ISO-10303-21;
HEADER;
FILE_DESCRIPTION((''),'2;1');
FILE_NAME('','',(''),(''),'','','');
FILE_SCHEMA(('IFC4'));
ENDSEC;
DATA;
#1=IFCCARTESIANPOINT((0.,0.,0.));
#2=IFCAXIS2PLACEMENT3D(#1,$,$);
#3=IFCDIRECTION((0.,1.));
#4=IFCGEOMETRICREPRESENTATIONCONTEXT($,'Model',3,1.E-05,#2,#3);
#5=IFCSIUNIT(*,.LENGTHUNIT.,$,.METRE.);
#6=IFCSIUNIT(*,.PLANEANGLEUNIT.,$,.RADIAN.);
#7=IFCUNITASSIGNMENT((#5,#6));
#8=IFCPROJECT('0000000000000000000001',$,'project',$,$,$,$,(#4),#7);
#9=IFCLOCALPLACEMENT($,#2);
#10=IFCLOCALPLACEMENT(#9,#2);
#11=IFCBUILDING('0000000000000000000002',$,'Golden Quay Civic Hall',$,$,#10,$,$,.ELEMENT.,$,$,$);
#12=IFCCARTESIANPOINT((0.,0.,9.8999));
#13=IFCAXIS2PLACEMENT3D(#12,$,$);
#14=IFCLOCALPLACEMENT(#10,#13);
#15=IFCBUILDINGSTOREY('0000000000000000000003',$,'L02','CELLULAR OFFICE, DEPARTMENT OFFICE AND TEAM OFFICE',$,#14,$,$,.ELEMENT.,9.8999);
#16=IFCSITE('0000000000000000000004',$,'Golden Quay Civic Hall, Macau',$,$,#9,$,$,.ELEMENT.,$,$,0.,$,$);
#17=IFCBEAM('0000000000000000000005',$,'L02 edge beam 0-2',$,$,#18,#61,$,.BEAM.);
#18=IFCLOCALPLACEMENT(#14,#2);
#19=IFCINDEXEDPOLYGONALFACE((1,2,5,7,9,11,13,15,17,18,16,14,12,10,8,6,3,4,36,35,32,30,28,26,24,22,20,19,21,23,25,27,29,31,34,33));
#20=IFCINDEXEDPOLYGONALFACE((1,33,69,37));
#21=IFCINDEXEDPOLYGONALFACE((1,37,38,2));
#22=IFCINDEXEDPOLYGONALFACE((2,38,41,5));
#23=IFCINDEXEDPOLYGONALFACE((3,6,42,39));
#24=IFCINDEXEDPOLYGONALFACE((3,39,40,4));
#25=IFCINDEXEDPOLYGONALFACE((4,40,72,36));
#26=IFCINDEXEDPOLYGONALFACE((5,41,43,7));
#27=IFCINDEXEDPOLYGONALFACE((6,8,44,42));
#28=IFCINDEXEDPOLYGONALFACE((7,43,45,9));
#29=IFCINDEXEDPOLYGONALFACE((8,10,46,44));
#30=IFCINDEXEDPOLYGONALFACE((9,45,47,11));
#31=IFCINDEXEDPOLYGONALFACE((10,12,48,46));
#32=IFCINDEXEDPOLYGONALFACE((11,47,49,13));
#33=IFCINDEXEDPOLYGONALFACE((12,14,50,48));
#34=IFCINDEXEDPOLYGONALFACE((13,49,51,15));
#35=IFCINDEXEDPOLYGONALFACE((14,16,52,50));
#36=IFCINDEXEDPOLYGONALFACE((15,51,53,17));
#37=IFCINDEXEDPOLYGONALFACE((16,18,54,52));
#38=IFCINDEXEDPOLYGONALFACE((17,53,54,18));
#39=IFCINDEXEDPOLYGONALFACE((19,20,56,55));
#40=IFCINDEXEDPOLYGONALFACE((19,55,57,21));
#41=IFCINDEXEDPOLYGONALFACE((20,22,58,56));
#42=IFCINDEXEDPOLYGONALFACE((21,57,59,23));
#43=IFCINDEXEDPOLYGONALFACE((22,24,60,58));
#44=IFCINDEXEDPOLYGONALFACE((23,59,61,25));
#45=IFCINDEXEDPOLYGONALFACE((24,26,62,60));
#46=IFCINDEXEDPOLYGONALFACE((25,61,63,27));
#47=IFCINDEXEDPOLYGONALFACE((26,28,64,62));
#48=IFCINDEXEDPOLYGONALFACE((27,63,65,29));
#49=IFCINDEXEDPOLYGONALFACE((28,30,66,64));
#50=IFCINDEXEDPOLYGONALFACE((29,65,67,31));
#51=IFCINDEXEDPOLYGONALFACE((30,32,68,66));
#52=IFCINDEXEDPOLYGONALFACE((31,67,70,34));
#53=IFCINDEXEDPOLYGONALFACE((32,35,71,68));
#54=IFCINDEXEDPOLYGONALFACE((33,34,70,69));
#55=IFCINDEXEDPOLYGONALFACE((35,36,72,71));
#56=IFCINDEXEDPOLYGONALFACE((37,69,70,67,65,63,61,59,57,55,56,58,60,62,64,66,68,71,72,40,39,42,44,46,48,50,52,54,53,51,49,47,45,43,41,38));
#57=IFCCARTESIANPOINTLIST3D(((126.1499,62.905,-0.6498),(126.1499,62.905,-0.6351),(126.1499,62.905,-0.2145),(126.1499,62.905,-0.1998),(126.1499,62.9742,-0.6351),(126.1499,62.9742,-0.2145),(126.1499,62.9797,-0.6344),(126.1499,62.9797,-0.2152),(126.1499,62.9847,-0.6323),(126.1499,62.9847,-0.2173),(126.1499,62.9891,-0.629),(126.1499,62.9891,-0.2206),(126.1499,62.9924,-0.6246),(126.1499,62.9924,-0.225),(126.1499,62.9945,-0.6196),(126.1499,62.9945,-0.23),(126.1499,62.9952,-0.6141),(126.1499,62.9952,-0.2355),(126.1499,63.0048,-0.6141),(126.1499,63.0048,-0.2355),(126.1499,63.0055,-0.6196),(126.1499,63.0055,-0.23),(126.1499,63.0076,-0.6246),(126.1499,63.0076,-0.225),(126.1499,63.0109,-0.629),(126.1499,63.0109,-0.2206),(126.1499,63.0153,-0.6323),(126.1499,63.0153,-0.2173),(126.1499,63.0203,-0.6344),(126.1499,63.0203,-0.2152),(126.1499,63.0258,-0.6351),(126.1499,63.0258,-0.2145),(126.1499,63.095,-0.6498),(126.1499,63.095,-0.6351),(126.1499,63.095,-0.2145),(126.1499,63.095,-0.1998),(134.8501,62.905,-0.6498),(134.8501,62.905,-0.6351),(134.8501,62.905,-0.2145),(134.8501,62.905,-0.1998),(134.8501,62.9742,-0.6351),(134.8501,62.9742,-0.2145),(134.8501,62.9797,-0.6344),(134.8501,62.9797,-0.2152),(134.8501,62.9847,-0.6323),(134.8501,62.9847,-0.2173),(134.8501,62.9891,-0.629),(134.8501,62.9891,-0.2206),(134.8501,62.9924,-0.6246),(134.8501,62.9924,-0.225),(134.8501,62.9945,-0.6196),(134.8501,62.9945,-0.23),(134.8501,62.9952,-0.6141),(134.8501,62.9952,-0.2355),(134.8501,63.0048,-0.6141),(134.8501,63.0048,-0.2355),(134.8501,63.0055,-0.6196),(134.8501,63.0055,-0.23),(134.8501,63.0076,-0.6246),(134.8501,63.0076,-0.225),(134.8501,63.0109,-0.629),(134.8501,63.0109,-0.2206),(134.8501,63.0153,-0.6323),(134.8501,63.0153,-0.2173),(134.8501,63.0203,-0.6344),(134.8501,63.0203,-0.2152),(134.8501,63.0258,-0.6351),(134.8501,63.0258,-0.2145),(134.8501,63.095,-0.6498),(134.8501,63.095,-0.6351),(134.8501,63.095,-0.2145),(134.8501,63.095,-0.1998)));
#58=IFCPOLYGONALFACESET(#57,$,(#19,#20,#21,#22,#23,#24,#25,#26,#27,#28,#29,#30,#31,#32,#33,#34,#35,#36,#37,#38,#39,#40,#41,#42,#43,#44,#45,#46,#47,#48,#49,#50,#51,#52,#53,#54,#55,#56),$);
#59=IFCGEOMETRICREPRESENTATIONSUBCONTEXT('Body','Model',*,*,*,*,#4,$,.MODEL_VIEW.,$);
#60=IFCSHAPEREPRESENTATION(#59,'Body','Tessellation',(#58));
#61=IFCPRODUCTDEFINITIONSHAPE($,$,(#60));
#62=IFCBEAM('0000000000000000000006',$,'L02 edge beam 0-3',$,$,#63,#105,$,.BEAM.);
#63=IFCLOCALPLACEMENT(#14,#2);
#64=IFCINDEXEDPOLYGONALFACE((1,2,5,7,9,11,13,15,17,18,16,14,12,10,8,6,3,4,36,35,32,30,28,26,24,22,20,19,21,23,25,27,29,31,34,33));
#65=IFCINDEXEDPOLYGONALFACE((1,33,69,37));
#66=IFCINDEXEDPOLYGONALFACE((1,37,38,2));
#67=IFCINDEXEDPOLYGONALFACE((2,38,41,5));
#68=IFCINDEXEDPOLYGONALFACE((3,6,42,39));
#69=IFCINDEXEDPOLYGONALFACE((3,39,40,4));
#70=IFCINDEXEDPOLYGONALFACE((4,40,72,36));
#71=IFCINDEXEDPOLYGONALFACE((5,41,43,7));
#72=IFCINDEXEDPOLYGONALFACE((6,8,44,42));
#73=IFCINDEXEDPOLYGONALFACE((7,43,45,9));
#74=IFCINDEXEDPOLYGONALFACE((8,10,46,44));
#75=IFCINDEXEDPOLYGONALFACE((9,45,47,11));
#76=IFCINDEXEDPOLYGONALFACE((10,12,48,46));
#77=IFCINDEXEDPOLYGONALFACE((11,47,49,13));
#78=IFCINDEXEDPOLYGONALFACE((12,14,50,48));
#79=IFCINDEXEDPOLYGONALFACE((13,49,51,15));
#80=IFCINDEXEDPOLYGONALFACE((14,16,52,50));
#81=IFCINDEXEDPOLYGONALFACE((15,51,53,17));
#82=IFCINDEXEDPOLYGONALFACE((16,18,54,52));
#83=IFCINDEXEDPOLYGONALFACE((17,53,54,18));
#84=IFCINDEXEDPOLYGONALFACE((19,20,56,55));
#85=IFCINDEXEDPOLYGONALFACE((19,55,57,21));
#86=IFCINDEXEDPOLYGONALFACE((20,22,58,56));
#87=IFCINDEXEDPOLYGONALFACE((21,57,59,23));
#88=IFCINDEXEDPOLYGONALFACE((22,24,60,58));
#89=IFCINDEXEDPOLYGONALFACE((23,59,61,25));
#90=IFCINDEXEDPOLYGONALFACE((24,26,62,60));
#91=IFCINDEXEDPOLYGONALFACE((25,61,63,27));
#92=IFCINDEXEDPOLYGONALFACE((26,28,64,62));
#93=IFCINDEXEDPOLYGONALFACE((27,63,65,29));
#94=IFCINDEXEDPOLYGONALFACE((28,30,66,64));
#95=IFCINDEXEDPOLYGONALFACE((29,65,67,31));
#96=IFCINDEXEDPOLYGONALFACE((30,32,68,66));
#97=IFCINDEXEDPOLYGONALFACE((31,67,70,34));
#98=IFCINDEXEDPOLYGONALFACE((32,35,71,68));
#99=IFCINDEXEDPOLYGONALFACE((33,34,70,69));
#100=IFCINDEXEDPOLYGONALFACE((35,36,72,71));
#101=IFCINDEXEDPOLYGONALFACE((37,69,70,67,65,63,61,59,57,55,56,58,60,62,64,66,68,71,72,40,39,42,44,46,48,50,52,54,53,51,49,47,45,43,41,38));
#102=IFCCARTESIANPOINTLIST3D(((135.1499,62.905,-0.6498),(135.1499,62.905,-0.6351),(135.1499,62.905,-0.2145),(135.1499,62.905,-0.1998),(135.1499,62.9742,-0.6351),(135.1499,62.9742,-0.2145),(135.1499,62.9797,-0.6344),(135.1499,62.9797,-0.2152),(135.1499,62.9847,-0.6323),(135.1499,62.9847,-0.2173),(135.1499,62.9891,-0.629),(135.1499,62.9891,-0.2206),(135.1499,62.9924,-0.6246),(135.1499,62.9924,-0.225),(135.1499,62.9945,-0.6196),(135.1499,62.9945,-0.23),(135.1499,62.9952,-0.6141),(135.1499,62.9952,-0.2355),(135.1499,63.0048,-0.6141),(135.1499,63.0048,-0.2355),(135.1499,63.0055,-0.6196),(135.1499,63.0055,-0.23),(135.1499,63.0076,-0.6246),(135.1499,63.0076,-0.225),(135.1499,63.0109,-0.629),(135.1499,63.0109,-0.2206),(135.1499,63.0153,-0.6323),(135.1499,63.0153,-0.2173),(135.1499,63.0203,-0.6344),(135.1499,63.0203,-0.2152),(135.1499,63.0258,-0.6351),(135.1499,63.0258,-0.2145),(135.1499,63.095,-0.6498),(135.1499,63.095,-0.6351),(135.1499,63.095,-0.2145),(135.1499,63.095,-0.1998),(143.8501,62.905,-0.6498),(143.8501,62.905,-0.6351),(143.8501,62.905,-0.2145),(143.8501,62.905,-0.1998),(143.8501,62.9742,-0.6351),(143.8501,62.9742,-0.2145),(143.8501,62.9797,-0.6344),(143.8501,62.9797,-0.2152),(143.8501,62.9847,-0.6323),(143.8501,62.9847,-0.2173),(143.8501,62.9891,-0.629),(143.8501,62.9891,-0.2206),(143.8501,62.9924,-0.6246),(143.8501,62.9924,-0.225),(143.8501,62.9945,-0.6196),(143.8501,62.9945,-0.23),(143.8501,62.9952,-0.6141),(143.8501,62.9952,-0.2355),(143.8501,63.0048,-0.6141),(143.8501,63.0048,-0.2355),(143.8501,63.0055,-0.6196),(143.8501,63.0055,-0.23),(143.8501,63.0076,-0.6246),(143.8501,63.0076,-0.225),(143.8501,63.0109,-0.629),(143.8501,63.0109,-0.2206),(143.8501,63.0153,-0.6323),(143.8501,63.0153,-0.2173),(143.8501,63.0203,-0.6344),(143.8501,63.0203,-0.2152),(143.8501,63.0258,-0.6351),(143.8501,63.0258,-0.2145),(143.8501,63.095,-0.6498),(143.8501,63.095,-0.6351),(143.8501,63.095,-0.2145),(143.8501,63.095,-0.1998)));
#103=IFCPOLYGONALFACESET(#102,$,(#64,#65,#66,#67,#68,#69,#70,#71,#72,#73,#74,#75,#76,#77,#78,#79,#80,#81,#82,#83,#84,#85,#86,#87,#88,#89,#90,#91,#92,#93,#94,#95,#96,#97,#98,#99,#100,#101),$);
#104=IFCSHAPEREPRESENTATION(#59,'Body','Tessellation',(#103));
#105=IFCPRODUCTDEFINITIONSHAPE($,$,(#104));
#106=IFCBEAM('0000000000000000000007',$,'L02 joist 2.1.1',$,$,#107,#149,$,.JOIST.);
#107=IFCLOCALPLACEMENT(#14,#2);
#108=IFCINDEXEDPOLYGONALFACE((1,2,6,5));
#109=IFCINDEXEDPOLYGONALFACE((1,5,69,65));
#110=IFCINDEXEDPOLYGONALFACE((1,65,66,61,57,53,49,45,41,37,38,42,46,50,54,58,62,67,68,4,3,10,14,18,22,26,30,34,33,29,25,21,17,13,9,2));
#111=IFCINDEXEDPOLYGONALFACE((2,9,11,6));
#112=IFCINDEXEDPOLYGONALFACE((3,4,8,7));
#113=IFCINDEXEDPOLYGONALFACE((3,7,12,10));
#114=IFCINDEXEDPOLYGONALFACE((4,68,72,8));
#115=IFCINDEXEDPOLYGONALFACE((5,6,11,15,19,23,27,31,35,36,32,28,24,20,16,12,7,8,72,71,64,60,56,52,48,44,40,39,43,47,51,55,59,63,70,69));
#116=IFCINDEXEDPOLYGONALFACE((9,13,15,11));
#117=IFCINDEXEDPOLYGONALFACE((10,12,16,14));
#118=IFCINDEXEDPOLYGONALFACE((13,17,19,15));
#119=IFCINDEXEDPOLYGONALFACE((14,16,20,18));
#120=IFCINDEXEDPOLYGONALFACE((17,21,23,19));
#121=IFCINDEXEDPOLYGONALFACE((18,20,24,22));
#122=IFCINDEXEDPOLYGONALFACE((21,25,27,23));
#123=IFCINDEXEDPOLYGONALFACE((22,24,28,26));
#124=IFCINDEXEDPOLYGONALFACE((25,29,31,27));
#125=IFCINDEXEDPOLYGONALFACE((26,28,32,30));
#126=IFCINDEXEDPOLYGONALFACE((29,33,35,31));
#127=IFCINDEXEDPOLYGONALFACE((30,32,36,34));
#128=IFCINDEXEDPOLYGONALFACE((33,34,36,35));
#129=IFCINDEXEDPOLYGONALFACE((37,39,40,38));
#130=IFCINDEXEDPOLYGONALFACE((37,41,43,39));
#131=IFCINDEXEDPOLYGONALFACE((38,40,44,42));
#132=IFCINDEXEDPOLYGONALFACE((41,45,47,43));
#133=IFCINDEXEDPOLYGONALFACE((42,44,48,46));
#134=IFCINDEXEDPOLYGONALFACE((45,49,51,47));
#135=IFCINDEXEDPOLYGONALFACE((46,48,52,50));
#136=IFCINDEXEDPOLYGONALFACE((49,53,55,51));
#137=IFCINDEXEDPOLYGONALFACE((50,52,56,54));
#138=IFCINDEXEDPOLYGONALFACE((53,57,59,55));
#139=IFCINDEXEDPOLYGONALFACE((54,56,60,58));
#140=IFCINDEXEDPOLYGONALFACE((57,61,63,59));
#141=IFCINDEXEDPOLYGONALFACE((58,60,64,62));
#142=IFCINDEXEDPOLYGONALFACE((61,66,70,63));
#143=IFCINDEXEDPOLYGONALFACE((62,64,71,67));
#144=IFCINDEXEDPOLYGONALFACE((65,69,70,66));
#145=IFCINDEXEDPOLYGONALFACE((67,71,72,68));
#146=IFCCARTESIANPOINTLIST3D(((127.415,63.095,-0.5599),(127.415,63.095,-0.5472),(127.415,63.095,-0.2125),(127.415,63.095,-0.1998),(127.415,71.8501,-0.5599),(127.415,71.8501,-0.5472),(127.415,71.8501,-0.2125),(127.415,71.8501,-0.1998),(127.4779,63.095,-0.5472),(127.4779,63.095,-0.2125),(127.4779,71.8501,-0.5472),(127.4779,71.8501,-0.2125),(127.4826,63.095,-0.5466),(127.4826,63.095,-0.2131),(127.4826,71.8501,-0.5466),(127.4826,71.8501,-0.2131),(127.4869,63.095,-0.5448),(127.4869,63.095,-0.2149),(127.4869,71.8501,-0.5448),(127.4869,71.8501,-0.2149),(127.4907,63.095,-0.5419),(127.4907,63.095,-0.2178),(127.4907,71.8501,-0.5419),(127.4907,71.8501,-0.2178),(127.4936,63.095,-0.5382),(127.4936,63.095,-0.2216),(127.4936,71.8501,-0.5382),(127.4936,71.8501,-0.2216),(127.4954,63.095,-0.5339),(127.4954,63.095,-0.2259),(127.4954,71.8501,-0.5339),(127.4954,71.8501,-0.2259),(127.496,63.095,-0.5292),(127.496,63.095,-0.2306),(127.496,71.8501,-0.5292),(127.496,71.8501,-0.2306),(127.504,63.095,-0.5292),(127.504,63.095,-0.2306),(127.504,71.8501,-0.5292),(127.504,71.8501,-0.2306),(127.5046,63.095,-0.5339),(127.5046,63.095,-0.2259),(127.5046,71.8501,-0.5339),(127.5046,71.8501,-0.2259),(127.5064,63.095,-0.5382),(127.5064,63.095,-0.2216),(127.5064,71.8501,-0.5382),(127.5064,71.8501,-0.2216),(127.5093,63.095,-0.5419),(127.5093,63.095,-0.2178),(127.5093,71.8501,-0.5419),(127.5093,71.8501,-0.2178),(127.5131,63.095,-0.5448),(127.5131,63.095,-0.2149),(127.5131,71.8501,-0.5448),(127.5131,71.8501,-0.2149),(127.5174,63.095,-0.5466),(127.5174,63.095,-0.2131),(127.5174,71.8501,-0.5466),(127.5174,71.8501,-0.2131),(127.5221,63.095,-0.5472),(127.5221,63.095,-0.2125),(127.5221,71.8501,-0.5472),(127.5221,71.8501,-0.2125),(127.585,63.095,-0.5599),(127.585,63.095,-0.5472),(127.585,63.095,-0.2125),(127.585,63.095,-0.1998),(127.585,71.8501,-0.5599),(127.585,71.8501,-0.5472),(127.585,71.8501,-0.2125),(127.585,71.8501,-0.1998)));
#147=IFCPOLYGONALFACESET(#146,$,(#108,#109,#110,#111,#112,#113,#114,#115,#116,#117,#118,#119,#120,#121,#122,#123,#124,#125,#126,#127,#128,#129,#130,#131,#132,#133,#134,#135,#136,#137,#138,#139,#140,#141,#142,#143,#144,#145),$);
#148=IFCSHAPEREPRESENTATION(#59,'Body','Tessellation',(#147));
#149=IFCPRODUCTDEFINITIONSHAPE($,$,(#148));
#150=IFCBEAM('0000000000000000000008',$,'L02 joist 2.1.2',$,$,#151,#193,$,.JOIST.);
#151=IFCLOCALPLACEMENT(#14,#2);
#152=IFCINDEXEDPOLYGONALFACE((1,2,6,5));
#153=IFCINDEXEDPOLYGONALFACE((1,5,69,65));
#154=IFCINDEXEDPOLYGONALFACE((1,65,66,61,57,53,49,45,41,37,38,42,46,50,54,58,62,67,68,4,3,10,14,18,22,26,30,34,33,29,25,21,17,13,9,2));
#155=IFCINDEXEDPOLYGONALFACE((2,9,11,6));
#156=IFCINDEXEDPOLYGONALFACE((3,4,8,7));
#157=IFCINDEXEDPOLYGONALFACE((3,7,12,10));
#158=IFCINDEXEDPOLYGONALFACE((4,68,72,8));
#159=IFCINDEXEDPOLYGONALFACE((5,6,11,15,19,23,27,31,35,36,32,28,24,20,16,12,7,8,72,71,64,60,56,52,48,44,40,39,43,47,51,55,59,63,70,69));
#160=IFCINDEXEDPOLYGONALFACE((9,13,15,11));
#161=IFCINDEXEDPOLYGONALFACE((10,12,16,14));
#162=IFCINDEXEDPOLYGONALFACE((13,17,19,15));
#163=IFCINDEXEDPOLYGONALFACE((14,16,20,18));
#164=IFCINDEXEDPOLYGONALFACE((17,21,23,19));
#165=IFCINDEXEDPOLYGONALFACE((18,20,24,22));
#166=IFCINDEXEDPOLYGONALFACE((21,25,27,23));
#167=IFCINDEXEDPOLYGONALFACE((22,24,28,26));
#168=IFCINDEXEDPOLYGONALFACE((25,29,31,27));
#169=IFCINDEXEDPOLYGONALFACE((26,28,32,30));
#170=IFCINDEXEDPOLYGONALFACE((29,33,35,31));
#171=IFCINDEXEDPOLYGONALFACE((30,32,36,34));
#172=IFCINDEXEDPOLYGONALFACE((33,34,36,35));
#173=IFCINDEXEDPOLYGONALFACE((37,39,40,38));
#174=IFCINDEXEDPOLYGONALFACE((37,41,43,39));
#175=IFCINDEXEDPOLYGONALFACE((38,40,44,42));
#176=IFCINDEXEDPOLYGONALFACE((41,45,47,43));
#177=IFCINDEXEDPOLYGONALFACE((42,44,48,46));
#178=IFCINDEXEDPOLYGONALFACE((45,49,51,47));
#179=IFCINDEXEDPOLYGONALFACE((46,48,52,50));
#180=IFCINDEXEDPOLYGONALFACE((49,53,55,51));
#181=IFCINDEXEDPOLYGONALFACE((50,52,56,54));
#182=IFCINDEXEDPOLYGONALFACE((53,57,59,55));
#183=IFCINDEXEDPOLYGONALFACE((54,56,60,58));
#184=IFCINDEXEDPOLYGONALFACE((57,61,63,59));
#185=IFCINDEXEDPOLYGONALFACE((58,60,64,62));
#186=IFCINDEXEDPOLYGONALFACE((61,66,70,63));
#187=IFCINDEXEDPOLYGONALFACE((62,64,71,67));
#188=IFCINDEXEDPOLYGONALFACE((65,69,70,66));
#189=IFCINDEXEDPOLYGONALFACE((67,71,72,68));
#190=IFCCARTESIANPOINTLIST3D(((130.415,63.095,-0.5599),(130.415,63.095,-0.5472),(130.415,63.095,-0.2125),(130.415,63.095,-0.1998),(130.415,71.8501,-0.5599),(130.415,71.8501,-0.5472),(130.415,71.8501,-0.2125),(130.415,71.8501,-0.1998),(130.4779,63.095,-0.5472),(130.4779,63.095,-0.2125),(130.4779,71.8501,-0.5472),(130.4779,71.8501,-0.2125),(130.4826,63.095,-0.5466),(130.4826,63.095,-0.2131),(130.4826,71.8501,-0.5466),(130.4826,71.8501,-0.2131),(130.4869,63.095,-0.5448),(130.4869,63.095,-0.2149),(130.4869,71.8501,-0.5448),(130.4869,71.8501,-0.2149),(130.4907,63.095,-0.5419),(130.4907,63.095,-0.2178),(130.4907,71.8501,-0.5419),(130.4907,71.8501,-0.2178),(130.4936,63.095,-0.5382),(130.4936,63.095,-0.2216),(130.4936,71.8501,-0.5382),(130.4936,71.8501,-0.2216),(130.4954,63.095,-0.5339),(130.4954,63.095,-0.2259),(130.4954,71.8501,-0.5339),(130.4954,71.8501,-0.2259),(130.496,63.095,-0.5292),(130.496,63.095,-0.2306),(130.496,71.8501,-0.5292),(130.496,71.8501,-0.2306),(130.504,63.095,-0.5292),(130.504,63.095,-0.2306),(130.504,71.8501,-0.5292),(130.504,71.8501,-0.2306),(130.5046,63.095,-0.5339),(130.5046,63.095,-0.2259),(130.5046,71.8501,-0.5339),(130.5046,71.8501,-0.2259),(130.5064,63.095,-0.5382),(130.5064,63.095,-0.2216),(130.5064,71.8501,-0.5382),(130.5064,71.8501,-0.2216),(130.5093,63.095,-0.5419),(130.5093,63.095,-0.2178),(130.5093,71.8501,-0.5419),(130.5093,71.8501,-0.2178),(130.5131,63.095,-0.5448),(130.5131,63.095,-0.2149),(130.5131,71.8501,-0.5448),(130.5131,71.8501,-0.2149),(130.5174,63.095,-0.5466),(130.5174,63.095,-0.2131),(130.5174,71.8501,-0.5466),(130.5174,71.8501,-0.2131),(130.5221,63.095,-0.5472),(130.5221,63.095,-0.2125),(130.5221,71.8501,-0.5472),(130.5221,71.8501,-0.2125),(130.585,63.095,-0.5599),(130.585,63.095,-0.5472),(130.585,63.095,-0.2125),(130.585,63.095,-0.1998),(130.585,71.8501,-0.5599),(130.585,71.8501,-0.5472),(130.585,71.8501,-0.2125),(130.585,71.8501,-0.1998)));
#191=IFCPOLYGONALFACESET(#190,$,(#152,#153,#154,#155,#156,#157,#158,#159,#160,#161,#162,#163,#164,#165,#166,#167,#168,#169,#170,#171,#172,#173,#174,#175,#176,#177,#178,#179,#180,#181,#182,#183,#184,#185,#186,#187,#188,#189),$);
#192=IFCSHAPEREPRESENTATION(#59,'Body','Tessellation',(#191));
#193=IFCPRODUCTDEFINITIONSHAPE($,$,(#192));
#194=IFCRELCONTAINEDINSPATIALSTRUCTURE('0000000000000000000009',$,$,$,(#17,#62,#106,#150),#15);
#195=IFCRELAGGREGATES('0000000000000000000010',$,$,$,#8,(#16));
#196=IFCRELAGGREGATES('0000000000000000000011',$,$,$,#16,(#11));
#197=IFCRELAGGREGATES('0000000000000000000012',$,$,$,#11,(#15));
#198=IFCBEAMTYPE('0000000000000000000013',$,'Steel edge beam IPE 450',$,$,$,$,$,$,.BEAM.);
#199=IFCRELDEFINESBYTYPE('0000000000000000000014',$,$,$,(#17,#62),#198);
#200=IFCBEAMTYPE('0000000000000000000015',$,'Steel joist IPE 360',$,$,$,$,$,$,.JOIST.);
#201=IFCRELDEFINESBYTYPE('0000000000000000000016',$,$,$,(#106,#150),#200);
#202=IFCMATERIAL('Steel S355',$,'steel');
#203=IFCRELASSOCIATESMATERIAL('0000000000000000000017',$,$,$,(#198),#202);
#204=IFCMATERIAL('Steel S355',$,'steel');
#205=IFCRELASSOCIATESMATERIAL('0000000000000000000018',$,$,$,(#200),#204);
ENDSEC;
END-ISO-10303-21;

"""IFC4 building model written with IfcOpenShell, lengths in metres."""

from ifc_helpers import new_model, si_unit, direction, frame, origin, origin_2d, place, context, subcontext, project, spatial, i_section, extrude, material, material_profile, profile_set, type_object, element, save


model = new_model("IFC4")

# Units and contexts
model_context = context("Model", 3, precision=1e-05, world=origin(), true_north=direction((0.0, 1.0)))
body_context = subcontext(model_context, "Body", "Model", "MODEL_VIEW")
ifc_project = project(units=[si_unit("LENGTHUNIT", "METRE"), si_unit("PLANEANGLEUNIT", "RADIAN")], contexts=[model_context])

# Site, building, storey
site_placement = place(None, origin())
site = spatial("IfcSite", under=ifc_project, at=site_placement, Name="Golden Quay Civic Hall, Macau", CompositionType="ELEMENT", RefElevation=0.0)
building_placement = place(site_placement, origin())
building = spatial("IfcBuilding", under=site, at=building_placement, Name="Golden Quay Civic Hall", CompositionType="ELEMENT")
storey_placement = place(building_placement, frame((0.0, 0.0, 9.8999)))
storey = spatial("IfcBuildingStorey", under=building, at=storey_placement, Name="L02", Description="CELLULAR OFFICE, DEPARTMENT OFFICE AND TEAM OFFICE", CompositionType="ELEMENT", Elevation=9.8999)

# Beams
ifc_material_1 = material(Name="Steel S355", Category="steel")
ifc_material_profile_1 = material_profile(ifc_material_1, i_section(OverallWidth=0.1899, OverallDepth=0.45, WebThickness=0.0095, FlangeThickness=0.0146, FilletRadius=0.021, at=origin_2d()), Name="IPE 450")
ifc_profile_set_1 = profile_set([ifc_material_profile_1], Name="Steel S355")
beam_type_1 = type_object("IfcBeamType", Name="Steel edge beam IPE 450", PredefinedType="BEAM", material=ifc_profile_set_1)
for number, where, z_axis, x_axis, name in (
    (1, (126.1499, 63.0, -0.4248), (1.0, 0.0, 0.0), (0.0, 1.0, 0.0), "L02 edge beam 0-2"),
    (2, (135.1499, 63.0, -0.4248), (1.0, 0.0, 0.0), (0.0, 1.0, 0.0), "L02 edge beam 0-3"),
):
    element("IfcBeam", number, at=place(storey_placement, frame(where, z_axis=z_axis, x_axis=x_axis)), inside=storey, type_object=beam_type_1, Name=name, PredefinedType="BEAM", context=body_context, shape_type="SweptSolid", body=[
        extrude(i_section(OverallWidth=0.1899, OverallDepth=0.45, WebThickness=0.0095, FlangeThickness=0.0146, FilletRadius=0.021, at=origin_2d()), origin(), (0.0, 0.0, 1.0), 8.7002),
    ])
ifc_material_2 = material(Name="Steel S355", Category="steel")
ifc_material_profile_2 = material_profile(ifc_material_2, i_section(OverallWidth=0.1699, OverallDepth=0.3601, WebThickness=0.0081, FlangeThickness=0.0127, FilletRadius=0.0181, at=origin_2d()), Name="IPE 360")
ifc_profile_set_2 = profile_set([ifc_material_profile_2], Name="Steel S355")
beam_type_2 = type_object("IfcBeamType", Name="Steel joist IPE 360", PredefinedType="JOIST", material=ifc_profile_set_2)
for number, where, z_axis, x_axis, name in (
    (3, (127.5, 63.095, -0.3799), (0.0, 1.0, 0.0), (-1.0, 0.0, 0.0), "L02 joist 2.1.1"),
    (4, (130.5, 63.095, -0.3799), (0.0, 1.0, 0.0), (-1.0, 0.0, 0.0), "L02 joist 2.1.2"),
):
    element("IfcBeam", number, at=place(storey_placement, frame(where, z_axis=z_axis, x_axis=x_axis)), inside=storey, type_object=beam_type_2, Name=name, PredefinedType="JOIST", context=body_context, shape_type="SweptSolid", body=[
        extrude(i_section(OverallWidth=0.1699, OverallDepth=0.3601, WebThickness=0.0081, FlangeThickness=0.0127, FilletRadius=0.0181, at=origin_2d()), origin(), (0.0, 0.0, 1.0), 8.7551),
    ])

save(model, "model.ifc")
